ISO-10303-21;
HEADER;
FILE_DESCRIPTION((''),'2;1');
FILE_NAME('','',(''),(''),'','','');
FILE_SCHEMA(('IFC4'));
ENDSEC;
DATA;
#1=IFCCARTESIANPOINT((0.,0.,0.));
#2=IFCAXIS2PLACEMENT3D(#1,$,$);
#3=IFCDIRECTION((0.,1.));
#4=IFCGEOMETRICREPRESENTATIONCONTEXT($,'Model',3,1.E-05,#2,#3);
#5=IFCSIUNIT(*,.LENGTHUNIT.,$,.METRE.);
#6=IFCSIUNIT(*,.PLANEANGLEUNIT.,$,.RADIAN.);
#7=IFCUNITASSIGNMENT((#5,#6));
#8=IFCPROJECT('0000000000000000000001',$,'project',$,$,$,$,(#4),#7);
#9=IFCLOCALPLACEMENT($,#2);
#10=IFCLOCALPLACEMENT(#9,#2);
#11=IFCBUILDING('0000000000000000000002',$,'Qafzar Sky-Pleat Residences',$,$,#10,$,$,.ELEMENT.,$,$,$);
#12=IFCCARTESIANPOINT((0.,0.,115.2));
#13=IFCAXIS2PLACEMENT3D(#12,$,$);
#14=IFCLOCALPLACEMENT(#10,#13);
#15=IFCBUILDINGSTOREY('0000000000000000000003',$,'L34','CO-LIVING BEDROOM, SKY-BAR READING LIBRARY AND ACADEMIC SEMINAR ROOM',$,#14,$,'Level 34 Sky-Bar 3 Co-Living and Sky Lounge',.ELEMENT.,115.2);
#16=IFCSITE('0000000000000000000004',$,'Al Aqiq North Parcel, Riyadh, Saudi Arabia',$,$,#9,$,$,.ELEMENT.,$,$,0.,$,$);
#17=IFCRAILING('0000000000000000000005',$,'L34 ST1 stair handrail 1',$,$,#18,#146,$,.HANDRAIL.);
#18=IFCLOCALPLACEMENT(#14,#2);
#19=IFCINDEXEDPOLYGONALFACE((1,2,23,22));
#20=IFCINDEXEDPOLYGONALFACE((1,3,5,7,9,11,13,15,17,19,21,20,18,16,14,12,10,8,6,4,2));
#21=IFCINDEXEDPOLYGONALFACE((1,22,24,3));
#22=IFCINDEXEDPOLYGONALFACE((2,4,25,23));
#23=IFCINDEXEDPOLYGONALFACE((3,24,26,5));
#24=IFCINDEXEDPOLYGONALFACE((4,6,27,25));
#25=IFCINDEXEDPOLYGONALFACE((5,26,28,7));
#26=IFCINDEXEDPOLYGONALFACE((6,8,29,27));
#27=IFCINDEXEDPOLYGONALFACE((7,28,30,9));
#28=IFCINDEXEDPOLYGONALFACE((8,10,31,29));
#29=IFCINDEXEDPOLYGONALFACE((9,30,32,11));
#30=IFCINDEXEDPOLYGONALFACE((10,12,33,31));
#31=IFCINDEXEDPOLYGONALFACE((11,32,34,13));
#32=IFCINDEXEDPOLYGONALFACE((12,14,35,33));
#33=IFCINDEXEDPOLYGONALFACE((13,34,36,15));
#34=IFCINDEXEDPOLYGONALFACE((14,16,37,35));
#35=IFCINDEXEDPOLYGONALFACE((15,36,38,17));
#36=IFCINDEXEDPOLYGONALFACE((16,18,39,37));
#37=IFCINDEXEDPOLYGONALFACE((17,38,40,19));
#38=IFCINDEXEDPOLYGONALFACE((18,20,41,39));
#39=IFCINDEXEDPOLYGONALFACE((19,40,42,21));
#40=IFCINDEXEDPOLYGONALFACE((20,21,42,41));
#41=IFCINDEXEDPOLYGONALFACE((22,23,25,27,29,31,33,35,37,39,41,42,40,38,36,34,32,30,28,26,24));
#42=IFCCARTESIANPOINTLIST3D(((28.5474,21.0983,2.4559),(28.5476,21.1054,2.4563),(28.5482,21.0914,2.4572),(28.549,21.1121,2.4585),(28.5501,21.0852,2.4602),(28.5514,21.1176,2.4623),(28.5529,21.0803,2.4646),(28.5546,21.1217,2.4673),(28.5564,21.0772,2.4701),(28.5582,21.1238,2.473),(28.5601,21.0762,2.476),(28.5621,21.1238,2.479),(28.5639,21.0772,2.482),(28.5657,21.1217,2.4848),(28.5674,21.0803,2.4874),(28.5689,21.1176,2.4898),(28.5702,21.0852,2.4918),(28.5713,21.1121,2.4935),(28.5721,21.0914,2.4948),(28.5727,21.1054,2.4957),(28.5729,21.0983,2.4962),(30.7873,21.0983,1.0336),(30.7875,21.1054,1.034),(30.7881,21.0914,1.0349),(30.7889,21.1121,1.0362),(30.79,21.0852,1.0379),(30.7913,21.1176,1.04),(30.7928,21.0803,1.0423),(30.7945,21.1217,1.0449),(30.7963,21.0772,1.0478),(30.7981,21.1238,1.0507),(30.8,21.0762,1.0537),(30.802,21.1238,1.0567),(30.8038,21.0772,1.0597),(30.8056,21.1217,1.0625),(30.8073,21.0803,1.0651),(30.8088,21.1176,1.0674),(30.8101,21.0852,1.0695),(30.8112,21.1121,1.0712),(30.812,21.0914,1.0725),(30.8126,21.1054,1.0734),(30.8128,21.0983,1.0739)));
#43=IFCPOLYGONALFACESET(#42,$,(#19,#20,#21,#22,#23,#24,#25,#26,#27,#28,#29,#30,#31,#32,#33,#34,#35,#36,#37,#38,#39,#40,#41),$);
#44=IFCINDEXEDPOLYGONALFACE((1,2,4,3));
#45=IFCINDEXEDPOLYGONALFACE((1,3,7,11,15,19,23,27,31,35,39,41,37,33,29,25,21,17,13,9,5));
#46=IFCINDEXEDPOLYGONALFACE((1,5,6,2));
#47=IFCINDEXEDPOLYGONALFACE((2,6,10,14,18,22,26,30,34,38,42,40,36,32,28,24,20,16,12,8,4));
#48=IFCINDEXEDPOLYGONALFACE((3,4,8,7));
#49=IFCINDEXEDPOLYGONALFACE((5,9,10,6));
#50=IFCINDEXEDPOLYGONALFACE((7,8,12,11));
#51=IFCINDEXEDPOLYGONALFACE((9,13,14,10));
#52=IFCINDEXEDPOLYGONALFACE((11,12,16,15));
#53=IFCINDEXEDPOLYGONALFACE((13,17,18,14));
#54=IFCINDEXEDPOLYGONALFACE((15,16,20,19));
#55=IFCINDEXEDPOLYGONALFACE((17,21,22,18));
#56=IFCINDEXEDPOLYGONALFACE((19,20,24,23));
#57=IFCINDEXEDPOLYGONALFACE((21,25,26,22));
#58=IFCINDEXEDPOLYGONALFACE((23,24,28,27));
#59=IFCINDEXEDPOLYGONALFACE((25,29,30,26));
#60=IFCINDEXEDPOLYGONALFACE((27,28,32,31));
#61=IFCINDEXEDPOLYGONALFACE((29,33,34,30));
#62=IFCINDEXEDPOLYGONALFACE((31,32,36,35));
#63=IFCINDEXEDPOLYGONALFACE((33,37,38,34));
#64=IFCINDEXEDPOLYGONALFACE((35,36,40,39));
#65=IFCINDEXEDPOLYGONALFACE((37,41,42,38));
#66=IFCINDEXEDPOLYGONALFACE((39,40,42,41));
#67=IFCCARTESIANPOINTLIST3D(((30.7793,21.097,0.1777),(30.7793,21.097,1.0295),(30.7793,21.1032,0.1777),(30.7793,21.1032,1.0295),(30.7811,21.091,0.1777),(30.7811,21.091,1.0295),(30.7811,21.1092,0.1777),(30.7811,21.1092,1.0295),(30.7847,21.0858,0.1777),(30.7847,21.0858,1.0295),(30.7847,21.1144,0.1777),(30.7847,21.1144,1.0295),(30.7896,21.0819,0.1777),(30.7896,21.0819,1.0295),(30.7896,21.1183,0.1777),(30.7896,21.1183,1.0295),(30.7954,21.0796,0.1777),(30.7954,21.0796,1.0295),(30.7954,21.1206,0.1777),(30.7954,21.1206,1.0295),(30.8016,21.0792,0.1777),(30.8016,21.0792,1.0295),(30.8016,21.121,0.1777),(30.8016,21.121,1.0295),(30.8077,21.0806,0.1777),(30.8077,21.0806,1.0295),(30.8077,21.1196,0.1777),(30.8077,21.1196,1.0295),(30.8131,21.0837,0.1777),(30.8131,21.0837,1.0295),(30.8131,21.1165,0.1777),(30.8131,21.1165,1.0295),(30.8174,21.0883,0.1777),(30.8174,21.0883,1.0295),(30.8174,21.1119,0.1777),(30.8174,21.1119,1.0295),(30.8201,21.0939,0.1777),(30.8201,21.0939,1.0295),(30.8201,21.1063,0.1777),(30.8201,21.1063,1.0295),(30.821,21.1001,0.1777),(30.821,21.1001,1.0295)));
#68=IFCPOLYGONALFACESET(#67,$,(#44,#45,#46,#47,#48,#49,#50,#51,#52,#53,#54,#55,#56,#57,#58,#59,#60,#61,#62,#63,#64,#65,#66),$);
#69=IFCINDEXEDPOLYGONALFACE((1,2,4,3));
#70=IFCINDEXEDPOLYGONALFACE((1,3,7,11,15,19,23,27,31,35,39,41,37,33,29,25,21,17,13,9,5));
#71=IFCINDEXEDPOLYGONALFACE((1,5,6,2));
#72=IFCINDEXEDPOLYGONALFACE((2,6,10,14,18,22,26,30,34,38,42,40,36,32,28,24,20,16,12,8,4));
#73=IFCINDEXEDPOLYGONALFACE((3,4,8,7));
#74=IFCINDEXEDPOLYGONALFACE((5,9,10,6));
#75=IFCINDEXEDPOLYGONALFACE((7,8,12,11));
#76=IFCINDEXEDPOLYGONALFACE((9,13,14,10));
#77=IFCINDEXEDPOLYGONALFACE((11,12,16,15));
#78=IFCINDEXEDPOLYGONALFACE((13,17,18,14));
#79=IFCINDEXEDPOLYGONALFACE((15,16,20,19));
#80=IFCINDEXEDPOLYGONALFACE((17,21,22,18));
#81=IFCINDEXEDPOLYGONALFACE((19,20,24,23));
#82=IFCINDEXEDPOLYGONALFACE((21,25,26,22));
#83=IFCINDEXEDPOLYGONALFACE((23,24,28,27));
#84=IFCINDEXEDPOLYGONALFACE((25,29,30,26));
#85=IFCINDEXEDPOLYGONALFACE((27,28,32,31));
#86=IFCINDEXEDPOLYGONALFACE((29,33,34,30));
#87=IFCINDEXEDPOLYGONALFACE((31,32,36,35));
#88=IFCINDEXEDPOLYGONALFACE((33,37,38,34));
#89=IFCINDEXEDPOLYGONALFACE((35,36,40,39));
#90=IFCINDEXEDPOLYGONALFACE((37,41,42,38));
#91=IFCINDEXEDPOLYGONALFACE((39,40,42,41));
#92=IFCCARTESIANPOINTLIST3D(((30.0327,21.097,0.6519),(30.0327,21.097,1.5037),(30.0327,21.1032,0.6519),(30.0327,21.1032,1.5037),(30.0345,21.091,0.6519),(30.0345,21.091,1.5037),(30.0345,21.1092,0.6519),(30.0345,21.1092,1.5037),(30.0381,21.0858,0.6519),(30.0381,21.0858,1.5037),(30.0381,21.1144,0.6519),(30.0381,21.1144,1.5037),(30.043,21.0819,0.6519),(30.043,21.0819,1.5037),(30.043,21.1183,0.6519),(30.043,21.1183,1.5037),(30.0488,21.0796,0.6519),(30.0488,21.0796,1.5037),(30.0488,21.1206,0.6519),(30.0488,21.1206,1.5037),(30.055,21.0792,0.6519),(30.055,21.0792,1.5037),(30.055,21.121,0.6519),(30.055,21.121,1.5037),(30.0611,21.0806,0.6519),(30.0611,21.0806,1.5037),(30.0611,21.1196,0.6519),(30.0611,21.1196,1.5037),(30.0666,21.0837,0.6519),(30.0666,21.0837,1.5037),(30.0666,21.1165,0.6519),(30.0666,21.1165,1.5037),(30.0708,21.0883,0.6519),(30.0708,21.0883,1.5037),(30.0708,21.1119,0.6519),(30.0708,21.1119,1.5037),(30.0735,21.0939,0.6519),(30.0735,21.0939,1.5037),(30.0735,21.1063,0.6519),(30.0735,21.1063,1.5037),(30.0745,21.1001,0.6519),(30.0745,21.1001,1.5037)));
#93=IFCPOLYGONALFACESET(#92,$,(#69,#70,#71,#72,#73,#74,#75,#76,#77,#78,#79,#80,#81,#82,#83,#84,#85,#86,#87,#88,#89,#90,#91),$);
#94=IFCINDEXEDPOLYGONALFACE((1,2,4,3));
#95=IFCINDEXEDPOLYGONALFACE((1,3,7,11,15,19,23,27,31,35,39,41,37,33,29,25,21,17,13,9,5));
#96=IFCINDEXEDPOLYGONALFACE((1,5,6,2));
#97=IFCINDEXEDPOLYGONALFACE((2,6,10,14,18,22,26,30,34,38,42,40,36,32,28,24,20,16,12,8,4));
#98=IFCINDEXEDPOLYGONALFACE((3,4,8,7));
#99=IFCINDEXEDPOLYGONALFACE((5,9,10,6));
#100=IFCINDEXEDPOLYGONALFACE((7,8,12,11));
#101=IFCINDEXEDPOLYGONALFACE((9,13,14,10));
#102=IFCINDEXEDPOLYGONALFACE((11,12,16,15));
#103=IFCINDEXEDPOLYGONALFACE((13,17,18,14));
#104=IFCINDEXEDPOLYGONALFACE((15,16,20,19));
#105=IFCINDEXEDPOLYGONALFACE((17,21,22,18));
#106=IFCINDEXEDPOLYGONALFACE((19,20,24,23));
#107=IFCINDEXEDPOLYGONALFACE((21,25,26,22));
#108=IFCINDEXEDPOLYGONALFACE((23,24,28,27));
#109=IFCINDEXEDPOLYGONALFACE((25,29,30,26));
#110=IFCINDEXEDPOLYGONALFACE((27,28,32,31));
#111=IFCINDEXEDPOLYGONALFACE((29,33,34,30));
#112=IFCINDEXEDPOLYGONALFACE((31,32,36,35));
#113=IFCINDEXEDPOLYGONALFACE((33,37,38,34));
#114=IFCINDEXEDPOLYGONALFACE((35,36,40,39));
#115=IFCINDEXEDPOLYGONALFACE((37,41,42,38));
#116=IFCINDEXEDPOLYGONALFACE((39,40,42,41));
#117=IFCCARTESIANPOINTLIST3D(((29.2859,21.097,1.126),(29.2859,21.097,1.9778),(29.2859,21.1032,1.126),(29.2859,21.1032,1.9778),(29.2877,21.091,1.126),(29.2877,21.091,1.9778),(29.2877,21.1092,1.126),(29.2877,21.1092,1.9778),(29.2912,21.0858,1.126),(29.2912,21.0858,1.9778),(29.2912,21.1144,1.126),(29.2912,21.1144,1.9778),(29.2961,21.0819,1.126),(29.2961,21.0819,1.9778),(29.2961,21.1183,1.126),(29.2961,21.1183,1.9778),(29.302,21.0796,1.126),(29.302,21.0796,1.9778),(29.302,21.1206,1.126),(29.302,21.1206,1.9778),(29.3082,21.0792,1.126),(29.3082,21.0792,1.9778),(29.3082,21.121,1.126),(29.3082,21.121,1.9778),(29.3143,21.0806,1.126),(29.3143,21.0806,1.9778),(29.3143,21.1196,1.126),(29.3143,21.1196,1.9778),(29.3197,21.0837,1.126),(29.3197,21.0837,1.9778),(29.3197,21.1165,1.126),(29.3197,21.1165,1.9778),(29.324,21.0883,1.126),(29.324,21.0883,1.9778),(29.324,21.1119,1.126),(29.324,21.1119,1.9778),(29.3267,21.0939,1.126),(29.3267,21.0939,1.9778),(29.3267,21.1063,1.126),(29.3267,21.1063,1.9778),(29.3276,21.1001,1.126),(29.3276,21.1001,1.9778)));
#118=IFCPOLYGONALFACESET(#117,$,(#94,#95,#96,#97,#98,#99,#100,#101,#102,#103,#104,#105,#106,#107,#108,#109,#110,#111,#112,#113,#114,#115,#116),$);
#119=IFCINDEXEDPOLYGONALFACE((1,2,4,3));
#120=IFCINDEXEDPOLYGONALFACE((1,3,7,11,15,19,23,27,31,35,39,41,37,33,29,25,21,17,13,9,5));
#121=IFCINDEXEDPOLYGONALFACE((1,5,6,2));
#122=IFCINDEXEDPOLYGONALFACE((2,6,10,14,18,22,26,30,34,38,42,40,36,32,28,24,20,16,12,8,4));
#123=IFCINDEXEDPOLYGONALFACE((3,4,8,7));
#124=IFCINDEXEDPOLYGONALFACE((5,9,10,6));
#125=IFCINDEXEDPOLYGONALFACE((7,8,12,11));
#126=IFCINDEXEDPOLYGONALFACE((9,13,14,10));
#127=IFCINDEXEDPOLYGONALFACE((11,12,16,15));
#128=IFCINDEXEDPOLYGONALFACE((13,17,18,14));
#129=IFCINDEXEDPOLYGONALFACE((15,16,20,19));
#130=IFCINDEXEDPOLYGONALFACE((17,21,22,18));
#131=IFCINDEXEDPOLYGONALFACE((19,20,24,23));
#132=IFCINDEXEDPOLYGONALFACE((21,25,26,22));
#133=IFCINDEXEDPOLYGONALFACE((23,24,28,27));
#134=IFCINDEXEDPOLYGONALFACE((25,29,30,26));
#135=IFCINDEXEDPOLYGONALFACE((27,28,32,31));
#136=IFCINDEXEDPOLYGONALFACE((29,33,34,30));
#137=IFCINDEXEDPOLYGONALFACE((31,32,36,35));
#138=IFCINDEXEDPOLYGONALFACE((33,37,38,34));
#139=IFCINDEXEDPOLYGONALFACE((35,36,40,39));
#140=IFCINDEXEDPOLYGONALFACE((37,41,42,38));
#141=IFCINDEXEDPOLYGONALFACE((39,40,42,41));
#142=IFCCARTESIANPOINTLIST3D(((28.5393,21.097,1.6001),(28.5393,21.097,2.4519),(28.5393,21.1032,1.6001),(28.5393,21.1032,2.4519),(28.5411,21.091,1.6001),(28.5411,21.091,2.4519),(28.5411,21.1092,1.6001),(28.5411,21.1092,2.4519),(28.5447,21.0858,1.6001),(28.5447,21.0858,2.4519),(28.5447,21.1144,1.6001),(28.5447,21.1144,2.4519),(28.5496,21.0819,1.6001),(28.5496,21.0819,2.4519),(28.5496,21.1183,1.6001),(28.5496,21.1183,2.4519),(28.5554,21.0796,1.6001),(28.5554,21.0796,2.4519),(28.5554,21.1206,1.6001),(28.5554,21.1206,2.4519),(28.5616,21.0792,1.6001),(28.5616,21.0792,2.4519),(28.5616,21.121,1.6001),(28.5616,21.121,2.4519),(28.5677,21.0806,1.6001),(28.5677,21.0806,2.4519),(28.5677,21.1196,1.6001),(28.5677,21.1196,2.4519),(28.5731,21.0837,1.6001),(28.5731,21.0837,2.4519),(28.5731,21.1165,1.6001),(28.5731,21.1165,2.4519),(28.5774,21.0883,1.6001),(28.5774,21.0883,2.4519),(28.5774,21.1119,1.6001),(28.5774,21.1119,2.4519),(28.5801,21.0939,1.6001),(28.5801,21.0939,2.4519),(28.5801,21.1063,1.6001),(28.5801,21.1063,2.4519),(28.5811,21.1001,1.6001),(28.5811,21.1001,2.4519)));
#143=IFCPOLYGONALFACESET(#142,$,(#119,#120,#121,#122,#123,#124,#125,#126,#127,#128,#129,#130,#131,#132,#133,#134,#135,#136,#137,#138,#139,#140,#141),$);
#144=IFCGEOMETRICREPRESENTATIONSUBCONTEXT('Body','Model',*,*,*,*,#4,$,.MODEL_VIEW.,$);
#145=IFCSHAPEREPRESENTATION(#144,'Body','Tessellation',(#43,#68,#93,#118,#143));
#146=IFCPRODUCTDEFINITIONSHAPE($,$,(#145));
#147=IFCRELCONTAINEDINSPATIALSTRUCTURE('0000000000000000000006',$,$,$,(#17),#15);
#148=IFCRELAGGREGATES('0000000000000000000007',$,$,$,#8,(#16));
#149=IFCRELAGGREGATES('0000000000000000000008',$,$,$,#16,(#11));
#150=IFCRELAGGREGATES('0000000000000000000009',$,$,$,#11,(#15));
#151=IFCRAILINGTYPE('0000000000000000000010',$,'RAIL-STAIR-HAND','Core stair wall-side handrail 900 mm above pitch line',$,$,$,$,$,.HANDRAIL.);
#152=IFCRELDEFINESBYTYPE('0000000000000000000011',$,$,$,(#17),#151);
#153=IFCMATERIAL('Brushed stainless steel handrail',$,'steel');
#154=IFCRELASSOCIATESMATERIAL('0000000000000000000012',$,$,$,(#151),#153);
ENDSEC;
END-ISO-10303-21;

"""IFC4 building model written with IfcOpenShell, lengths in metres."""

from ifc_helpers import new_model, si_unit, direction, frame, origin, origin_2d, place, context, subcontext, project, spatial, circle, extrude, source, transform, mapped, material, type_object, element, save


model = new_model("IFC4")

# Units and contexts
model_context = context("Model", 3, precision=1e-05, world=origin(), true_north=direction((0.0, 1.0)))
body_context = subcontext(model_context, "Body", "Model", "MODEL_VIEW")
ifc_project = project(units=[si_unit("LENGTHUNIT", "METRE"), si_unit("PLANEANGLEUNIT", "RADIAN")], contexts=[model_context])

# Site, building, storey
site_placement = place(None, origin())
site = spatial("IfcSite", under=ifc_project, at=site_placement, Name="Al Aqiq North Parcel, Riyadh, Saudi Arabia", CompositionType="ELEMENT", RefElevation=0.0)
building_placement = place(site_placement, origin())
building = spatial("IfcBuilding", under=site, at=building_placement, Name="Qafzar Sky-Pleat Residences", CompositionType="ELEMENT")
storey_placement = place(building_placement, frame((0.0, 0.0, 115.2)))
storey = spatial("IfcBuildingStorey", under=building, at=storey_placement, Name="L34", Description="CO-LIVING BEDROOM, SKY-BAR READING LIBRARY AND ACADEMIC SEMINAR ROOM", LongName="Level 34 Sky-Bar 3 Co-Living and Sky Lounge", CompositionType="ELEMENT", Elevation=115.2)

# Railing
ifc_material_1 = material(Name="Brushed stainless steel handrail", Category="steel")
railing_type_1 = type_object("IfcRailingType", Name="RAIL-STAIR-HAND", Description="Core stair wall-side handrail 900 mm above pitch line", PredefinedType="HANDRAIL", material=ifc_material_1)
shared_shape_1 = source(origin(), body_context, "Body", "SweptSolid", [
    extrude(circle(Radius=0.0239, at=origin_2d()), frame((0.0, 0.0, 0.876), z_axis=(-0.844188, 0.0, 0.536048), x_axis=(0.0, -1.0, 0.0)), (0.0, 0.0, 1.0), 2.6533),
    extrude(circle(Radius=0.021, at=origin_2d()), origin(), (0.0, 0.0, 1.0), 0.8518),
    extrude(circle(Radius=0.021, at=origin_2d()), frame((-0.7466, 0.0, 0.4741)), (0.0, 0.0, 1.0), 0.8518),
    extrude(circle(Radius=0.021, at=origin_2d()), frame((-1.4934, 0.0, 0.9482)), (0.0, 0.0, 1.0), 0.8518),
    extrude(circle(Radius=0.021, at=origin_2d()), frame((-2.24, 0.0, 1.4224)), (0.0, 0.0, 1.0), 0.8518),
])
railing_1_placement = place(storey_placement, frame((30.8, 21.1001, 0.1777)))
element("IfcRailing", 1, at=railing_1_placement, inside=storey, type_object=railing_type_1, Name="L34 ST1 stair handrail 1", PredefinedType="HANDRAIL", context=body_context, shape_type="MappedRepresentation", body=[
    mapped(shared_shape_1, transform((0.0, 0.0, 0.0), x_axis=(1.0, 0.0, 0.0), y_axis=(0.0, 1.0, 0.0), z_axis=(0.0, 0.0, 1.0), scale=1.0)),
])

save(model, "model.ifc")
